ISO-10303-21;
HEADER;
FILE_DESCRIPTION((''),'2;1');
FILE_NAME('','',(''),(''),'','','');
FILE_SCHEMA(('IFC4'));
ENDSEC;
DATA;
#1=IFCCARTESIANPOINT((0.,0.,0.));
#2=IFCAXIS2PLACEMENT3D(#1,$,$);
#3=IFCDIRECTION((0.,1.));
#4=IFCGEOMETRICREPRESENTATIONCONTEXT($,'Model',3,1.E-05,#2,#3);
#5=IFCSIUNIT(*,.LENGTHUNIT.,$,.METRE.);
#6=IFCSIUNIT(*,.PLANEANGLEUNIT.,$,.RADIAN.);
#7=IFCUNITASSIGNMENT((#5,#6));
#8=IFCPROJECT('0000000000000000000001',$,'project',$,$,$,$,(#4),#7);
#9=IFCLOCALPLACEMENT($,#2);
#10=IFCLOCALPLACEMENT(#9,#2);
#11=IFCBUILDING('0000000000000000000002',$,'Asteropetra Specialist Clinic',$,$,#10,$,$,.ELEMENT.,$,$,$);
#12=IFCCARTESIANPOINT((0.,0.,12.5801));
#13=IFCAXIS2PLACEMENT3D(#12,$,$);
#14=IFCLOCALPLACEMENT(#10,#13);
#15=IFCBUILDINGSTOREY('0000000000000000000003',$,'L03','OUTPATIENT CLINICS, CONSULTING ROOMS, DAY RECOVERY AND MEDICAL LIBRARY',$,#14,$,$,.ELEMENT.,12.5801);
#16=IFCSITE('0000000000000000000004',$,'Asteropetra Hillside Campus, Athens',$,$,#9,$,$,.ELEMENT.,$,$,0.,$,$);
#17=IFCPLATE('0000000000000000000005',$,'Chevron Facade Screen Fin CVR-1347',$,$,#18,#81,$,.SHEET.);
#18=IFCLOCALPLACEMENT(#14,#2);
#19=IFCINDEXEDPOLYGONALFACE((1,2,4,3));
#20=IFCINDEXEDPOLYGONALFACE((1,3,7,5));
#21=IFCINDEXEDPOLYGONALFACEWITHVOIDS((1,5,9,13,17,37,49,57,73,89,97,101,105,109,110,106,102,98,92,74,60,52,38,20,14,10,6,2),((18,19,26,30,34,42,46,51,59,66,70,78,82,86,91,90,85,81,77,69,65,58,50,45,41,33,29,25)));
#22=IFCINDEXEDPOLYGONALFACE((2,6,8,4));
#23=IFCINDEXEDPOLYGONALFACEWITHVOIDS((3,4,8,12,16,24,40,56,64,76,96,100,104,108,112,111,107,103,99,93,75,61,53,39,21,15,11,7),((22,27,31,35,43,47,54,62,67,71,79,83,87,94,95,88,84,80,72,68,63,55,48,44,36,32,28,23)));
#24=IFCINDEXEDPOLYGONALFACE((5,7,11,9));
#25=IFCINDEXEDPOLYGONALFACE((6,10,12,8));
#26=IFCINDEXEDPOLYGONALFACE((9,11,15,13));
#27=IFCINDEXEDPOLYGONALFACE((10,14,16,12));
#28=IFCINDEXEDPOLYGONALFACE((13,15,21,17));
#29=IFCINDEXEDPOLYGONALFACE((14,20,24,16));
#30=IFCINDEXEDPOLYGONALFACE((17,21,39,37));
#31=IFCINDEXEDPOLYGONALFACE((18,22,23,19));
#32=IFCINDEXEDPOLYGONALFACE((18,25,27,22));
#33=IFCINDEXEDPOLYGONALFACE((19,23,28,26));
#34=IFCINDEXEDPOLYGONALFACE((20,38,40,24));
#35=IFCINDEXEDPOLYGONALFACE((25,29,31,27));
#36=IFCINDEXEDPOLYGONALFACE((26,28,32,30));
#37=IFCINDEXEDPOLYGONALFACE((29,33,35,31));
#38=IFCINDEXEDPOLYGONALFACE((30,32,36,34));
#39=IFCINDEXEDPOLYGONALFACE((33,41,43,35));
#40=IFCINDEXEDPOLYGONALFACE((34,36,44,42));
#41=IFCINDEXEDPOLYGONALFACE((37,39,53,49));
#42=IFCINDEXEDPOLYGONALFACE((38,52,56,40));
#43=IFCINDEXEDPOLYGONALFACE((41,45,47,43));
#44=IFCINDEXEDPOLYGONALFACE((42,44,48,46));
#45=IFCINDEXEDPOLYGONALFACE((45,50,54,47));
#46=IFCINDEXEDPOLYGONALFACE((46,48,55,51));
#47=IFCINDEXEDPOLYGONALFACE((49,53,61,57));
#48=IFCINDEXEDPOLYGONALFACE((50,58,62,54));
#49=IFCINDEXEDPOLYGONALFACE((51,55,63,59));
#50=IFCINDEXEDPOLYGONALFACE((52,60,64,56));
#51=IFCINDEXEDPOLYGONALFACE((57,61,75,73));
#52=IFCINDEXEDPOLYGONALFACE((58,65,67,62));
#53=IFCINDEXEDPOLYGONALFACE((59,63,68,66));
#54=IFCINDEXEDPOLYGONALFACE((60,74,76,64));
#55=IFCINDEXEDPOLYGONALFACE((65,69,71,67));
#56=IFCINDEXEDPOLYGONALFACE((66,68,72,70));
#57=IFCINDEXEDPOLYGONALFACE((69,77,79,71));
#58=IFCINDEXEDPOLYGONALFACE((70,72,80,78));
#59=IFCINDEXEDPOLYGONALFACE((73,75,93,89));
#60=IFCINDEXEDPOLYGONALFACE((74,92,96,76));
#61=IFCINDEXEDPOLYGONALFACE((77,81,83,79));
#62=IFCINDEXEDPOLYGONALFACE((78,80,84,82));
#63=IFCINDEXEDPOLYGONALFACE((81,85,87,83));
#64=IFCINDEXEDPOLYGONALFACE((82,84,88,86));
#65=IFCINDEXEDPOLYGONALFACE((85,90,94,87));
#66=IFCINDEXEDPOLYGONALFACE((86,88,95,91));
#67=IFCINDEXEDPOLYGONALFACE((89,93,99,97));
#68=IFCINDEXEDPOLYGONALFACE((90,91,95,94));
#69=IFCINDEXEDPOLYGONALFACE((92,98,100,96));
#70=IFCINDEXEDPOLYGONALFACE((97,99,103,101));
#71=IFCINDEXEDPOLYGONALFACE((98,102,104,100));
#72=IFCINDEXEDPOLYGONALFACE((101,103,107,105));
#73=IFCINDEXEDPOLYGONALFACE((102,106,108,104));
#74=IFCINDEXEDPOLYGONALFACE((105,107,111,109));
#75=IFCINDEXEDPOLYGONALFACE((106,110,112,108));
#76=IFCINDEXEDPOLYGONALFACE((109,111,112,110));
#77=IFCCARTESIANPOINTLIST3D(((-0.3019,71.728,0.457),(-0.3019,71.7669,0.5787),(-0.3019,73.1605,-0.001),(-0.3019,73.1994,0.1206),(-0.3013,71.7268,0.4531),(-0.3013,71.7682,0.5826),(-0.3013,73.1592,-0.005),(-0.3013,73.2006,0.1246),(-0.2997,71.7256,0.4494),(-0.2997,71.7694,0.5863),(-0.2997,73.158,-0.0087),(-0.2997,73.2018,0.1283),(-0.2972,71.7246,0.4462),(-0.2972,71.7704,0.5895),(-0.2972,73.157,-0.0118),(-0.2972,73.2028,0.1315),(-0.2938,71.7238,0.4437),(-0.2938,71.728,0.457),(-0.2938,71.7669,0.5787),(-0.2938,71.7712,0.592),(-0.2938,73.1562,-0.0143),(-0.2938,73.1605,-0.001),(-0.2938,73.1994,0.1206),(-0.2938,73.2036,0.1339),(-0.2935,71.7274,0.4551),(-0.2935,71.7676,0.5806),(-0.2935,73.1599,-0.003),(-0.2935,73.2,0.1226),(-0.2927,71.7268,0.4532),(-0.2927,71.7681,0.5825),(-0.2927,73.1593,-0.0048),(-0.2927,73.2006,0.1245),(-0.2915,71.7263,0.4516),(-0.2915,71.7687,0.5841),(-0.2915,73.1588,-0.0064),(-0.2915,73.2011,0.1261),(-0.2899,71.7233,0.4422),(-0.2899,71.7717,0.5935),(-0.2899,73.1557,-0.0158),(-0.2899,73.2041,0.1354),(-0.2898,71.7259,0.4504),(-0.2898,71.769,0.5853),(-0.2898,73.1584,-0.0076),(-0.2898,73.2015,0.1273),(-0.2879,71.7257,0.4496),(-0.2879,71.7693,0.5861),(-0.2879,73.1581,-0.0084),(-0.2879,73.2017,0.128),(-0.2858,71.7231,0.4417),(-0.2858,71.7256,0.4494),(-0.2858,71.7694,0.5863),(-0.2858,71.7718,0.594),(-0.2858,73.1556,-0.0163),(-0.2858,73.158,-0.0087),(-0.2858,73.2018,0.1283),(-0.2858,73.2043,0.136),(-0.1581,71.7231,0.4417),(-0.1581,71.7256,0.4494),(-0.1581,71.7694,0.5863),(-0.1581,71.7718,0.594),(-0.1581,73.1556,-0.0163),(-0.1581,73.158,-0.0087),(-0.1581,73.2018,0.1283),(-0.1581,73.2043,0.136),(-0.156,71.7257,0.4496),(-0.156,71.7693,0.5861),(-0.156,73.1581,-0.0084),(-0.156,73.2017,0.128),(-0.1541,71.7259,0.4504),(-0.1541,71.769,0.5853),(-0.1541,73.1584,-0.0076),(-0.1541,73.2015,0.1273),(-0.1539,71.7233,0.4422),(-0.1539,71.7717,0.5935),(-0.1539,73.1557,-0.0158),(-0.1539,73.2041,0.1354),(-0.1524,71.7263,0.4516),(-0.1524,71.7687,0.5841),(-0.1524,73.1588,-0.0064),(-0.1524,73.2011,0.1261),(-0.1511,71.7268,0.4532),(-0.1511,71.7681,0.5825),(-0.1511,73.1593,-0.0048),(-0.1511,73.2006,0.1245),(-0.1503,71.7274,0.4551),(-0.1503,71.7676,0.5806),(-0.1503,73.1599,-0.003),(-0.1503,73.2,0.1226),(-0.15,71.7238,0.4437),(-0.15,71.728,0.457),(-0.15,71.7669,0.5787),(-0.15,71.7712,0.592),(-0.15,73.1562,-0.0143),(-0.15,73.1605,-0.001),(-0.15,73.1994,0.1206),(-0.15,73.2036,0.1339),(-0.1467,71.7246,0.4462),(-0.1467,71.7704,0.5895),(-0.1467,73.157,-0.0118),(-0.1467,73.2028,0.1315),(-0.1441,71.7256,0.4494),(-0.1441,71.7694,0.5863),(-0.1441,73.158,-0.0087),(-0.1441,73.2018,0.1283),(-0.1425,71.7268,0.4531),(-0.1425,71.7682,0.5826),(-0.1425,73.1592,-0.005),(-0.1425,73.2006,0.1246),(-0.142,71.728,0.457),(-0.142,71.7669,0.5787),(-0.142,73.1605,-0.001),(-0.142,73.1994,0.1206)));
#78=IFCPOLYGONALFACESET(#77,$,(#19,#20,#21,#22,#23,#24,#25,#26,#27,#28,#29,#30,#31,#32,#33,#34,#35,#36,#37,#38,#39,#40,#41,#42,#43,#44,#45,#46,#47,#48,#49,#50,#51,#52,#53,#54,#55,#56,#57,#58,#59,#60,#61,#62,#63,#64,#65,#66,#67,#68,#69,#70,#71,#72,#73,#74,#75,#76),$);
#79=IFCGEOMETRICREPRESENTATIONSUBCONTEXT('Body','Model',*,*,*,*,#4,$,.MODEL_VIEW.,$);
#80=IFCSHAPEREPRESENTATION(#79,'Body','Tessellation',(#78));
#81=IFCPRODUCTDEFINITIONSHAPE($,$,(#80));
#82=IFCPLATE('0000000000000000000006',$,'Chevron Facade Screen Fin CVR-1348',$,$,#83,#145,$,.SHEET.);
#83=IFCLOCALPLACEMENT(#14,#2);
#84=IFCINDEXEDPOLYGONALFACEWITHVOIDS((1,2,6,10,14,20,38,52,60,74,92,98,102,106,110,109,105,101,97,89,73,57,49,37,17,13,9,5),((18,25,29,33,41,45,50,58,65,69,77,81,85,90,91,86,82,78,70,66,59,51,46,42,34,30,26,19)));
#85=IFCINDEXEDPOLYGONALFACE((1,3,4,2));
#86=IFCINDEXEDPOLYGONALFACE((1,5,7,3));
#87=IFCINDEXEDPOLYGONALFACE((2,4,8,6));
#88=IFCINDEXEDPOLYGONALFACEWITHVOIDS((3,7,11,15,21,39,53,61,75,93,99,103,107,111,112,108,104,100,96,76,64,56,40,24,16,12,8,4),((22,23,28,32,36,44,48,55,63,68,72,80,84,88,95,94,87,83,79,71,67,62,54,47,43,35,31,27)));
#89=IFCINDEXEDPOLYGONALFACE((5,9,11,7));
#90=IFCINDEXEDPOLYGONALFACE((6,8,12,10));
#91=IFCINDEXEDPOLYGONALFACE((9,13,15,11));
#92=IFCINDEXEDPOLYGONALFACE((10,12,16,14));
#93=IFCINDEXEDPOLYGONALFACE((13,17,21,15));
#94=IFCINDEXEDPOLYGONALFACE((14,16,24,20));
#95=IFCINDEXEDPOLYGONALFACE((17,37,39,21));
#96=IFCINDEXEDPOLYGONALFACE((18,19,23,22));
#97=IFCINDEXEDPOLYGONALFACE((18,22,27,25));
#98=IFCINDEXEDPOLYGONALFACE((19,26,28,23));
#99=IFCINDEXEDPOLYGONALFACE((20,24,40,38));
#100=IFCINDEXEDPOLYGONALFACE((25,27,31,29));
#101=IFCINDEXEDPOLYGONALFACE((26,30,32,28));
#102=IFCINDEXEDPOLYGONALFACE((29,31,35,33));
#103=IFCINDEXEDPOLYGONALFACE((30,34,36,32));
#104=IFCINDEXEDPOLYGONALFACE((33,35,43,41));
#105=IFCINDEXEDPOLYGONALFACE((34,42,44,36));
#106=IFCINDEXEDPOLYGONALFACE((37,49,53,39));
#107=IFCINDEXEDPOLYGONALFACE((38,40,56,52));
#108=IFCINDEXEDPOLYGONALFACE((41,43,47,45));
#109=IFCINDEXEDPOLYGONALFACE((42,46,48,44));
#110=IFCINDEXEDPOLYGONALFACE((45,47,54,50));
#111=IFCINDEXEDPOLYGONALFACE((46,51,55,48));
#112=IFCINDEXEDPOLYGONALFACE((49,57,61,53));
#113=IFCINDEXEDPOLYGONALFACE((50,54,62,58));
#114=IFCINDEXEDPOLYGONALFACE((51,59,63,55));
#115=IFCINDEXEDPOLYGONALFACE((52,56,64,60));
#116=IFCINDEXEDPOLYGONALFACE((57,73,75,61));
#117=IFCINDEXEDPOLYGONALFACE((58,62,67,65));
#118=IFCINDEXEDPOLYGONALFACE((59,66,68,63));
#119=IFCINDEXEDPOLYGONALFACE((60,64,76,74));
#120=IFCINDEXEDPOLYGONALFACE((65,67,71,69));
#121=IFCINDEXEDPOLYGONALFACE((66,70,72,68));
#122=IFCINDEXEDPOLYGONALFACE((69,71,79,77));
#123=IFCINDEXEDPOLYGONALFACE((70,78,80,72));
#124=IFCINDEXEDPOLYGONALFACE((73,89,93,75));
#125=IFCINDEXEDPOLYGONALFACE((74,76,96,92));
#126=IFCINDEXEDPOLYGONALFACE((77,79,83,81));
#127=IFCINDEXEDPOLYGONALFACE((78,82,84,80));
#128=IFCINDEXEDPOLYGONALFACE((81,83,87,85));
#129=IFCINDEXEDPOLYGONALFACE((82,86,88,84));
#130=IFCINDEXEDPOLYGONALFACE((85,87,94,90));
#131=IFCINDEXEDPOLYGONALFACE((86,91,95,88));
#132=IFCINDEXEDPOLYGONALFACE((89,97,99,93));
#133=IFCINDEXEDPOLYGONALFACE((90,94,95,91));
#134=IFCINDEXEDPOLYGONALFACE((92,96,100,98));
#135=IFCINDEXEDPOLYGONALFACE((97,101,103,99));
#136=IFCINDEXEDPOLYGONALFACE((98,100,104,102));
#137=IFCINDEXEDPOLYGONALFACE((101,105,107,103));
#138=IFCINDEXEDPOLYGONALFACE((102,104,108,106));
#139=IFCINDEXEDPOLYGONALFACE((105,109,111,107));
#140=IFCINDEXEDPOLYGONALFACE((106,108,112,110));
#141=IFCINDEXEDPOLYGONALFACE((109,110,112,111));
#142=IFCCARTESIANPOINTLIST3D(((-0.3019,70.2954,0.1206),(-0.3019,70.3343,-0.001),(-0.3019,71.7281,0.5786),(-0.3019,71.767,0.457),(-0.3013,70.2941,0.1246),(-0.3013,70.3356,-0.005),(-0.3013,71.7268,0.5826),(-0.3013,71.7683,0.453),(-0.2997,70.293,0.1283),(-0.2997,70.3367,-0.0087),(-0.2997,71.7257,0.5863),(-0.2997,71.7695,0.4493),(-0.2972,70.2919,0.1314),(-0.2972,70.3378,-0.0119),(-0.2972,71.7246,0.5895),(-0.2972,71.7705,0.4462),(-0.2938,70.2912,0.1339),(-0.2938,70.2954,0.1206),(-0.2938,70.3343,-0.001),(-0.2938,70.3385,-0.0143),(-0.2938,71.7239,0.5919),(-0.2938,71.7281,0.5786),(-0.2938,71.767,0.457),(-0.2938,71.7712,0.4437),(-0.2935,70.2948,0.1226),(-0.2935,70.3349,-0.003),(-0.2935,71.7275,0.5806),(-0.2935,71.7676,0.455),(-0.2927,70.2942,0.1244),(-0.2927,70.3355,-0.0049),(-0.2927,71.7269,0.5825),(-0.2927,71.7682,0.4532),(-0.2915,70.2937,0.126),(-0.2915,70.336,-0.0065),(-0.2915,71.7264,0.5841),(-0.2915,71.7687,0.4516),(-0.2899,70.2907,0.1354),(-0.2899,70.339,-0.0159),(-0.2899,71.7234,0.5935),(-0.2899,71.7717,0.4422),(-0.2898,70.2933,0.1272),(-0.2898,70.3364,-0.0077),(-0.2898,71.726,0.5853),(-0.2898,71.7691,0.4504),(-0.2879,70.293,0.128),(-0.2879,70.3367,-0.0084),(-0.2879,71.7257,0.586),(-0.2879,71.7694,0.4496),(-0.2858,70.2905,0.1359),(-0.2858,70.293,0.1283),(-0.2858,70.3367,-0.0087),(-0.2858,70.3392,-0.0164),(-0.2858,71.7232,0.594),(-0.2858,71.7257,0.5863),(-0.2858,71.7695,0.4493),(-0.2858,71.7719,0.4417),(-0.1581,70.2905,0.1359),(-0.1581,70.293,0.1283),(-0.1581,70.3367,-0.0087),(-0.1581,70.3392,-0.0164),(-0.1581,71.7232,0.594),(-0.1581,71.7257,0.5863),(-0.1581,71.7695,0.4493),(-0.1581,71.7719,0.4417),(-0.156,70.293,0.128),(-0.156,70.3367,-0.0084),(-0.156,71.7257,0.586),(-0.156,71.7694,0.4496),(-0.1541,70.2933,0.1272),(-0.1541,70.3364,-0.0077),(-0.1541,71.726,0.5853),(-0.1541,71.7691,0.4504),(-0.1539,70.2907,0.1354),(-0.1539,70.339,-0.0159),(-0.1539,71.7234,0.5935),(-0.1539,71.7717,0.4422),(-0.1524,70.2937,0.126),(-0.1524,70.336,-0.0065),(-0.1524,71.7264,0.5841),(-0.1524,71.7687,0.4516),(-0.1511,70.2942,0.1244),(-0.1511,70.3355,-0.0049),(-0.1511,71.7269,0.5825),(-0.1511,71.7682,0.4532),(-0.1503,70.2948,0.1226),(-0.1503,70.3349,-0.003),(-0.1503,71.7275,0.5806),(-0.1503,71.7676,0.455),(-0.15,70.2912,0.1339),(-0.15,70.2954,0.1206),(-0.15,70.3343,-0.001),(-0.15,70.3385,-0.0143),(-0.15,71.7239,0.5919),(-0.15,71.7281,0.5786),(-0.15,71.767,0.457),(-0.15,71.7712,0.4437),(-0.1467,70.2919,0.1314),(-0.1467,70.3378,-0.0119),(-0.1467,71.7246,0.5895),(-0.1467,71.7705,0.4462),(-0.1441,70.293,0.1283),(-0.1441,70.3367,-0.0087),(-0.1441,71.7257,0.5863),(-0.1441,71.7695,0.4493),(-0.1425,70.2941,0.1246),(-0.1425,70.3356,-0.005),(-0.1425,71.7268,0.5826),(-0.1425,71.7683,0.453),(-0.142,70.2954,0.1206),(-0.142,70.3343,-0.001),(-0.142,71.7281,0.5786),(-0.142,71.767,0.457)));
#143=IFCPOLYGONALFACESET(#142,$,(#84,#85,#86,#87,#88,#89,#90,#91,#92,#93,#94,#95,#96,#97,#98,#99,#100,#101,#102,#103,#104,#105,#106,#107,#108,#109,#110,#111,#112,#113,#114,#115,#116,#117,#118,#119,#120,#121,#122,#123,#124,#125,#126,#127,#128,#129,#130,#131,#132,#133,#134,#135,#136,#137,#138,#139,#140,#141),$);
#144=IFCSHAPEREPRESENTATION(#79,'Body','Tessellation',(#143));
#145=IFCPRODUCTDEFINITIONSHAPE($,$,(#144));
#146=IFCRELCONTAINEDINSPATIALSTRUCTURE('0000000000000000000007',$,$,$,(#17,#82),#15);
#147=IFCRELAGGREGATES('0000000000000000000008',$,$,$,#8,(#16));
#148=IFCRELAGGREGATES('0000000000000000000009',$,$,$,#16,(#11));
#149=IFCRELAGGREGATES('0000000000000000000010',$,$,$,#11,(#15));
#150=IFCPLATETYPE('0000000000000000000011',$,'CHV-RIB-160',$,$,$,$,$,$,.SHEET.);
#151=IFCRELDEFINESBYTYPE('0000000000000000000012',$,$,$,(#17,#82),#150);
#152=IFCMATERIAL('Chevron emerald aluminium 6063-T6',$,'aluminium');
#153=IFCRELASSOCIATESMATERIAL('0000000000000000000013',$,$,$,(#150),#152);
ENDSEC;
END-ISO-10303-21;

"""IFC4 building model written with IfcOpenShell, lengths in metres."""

from ifc_helpers import new_model, si_unit, direction, frame, origin, origin_2d, place, context, subcontext, project, spatial, hollow_rectangle, extrude, material, material_profile, profile_set, type_object, element, save


model = new_model("IFC4")

# Units and contexts
model_context = context("Model", 3, precision=1e-05, world=origin(), true_north=direction((0.0, 1.0)))
body_context = subcontext(model_context, "Body", "Model", "MODEL_VIEW")
ifc_project = project(units=[si_unit("LENGTHUNIT", "METRE"), si_unit("PLANEANGLEUNIT", "RADIAN")], contexts=[model_context])

# Site, building, storey
site_placement = place(None, origin())
site = spatial("IfcSite", under=ifc_project, at=site_placement, Name="Asteropetra Hillside Campus, Athens", CompositionType="ELEMENT", RefElevation=0.0)
building_placement = place(site_placement, origin())
building = spatial("IfcBuilding", under=site, at=building_placement, Name="Asteropetra Specialist Clinic", CompositionType="ELEMENT")
storey_placement = place(building_placement, frame((0.0, 0.0, 12.5801)))
storey = spatial("IfcBuildingStorey", under=building, at=storey_placement, Name="L03", Description="OUTPATIENT CLINICS, CONSULTING ROOMS, DAY RECOVERY AND MEDICAL LIBRARY", CompositionType="ELEMENT", Elevation=12.5801)

# Plates
ifc_material_1 = material(Name="Chevron emerald aluminium 6063-T6", Category="aluminium")
ifc_material_profile = material_profile(ifc_material_1, hollow_rectangle(XDim=0.1599, YDim=0.1599, WallThickness=0.0081, InnerFilletRadius=0.0081, OuterFilletRadius=0.0161, at=origin_2d()), Name="SHS 160x160x8.0")
ifc_profile_set = profile_set([ifc_material_profile], Name="Chevron emerald aluminium 6063-T6")
plate_type_1 = type_object("IfcPlateType", Name="CHV-RIB-160", PredefinedType="SHEET", material=ifc_profile_set)
plate_1_placement = place(storey_placement, frame((-0.2219, 73.1799, 0.0598), z_axis=(0.0, -0.952492, 0.304564), x_axis=(1.0, 0.0, 0.0)))
element("IfcPlate", 1, at=plate_1_placement, inside=storey, type_object=plate_type_1, Name="Chevron Facade Screen Fin CVR-1347", PredefinedType="SHEET", context=body_context, shape_type="SweptSolid", body=[
    extrude(hollow_rectangle(XDim=0.1599, YDim=0.1599, WallThickness=0.0081, InnerFilletRadius=0.0081, OuterFilletRadius=0.0161, at=origin_2d()), origin(), (0.0, 0.0, 1.0), 1.5039),
])
plate_2_placement = place(storey_placement, frame((-0.2219, 71.7476, 0.5178), z_axis=(0.0, -0.952507, -0.304517), x_axis=(1.0, 0.0, 0.0)))
element("IfcPlate", 2, at=plate_2_placement, inside=storey, type_object=plate_type_1, Name="Chevron Facade Screen Fin CVR-1348", PredefinedType="SHEET", context=body_context, shape_type="SweptSolid", body=[
    extrude(hollow_rectangle(XDim=0.1599, YDim=0.1599, WallThickness=0.0081, InnerFilletRadius=0.0081, OuterFilletRadius=0.0161, at=origin_2d()), origin(), (0.0, 0.0, 1.0), 1.5042),
])

save(model, "model.ifc")
